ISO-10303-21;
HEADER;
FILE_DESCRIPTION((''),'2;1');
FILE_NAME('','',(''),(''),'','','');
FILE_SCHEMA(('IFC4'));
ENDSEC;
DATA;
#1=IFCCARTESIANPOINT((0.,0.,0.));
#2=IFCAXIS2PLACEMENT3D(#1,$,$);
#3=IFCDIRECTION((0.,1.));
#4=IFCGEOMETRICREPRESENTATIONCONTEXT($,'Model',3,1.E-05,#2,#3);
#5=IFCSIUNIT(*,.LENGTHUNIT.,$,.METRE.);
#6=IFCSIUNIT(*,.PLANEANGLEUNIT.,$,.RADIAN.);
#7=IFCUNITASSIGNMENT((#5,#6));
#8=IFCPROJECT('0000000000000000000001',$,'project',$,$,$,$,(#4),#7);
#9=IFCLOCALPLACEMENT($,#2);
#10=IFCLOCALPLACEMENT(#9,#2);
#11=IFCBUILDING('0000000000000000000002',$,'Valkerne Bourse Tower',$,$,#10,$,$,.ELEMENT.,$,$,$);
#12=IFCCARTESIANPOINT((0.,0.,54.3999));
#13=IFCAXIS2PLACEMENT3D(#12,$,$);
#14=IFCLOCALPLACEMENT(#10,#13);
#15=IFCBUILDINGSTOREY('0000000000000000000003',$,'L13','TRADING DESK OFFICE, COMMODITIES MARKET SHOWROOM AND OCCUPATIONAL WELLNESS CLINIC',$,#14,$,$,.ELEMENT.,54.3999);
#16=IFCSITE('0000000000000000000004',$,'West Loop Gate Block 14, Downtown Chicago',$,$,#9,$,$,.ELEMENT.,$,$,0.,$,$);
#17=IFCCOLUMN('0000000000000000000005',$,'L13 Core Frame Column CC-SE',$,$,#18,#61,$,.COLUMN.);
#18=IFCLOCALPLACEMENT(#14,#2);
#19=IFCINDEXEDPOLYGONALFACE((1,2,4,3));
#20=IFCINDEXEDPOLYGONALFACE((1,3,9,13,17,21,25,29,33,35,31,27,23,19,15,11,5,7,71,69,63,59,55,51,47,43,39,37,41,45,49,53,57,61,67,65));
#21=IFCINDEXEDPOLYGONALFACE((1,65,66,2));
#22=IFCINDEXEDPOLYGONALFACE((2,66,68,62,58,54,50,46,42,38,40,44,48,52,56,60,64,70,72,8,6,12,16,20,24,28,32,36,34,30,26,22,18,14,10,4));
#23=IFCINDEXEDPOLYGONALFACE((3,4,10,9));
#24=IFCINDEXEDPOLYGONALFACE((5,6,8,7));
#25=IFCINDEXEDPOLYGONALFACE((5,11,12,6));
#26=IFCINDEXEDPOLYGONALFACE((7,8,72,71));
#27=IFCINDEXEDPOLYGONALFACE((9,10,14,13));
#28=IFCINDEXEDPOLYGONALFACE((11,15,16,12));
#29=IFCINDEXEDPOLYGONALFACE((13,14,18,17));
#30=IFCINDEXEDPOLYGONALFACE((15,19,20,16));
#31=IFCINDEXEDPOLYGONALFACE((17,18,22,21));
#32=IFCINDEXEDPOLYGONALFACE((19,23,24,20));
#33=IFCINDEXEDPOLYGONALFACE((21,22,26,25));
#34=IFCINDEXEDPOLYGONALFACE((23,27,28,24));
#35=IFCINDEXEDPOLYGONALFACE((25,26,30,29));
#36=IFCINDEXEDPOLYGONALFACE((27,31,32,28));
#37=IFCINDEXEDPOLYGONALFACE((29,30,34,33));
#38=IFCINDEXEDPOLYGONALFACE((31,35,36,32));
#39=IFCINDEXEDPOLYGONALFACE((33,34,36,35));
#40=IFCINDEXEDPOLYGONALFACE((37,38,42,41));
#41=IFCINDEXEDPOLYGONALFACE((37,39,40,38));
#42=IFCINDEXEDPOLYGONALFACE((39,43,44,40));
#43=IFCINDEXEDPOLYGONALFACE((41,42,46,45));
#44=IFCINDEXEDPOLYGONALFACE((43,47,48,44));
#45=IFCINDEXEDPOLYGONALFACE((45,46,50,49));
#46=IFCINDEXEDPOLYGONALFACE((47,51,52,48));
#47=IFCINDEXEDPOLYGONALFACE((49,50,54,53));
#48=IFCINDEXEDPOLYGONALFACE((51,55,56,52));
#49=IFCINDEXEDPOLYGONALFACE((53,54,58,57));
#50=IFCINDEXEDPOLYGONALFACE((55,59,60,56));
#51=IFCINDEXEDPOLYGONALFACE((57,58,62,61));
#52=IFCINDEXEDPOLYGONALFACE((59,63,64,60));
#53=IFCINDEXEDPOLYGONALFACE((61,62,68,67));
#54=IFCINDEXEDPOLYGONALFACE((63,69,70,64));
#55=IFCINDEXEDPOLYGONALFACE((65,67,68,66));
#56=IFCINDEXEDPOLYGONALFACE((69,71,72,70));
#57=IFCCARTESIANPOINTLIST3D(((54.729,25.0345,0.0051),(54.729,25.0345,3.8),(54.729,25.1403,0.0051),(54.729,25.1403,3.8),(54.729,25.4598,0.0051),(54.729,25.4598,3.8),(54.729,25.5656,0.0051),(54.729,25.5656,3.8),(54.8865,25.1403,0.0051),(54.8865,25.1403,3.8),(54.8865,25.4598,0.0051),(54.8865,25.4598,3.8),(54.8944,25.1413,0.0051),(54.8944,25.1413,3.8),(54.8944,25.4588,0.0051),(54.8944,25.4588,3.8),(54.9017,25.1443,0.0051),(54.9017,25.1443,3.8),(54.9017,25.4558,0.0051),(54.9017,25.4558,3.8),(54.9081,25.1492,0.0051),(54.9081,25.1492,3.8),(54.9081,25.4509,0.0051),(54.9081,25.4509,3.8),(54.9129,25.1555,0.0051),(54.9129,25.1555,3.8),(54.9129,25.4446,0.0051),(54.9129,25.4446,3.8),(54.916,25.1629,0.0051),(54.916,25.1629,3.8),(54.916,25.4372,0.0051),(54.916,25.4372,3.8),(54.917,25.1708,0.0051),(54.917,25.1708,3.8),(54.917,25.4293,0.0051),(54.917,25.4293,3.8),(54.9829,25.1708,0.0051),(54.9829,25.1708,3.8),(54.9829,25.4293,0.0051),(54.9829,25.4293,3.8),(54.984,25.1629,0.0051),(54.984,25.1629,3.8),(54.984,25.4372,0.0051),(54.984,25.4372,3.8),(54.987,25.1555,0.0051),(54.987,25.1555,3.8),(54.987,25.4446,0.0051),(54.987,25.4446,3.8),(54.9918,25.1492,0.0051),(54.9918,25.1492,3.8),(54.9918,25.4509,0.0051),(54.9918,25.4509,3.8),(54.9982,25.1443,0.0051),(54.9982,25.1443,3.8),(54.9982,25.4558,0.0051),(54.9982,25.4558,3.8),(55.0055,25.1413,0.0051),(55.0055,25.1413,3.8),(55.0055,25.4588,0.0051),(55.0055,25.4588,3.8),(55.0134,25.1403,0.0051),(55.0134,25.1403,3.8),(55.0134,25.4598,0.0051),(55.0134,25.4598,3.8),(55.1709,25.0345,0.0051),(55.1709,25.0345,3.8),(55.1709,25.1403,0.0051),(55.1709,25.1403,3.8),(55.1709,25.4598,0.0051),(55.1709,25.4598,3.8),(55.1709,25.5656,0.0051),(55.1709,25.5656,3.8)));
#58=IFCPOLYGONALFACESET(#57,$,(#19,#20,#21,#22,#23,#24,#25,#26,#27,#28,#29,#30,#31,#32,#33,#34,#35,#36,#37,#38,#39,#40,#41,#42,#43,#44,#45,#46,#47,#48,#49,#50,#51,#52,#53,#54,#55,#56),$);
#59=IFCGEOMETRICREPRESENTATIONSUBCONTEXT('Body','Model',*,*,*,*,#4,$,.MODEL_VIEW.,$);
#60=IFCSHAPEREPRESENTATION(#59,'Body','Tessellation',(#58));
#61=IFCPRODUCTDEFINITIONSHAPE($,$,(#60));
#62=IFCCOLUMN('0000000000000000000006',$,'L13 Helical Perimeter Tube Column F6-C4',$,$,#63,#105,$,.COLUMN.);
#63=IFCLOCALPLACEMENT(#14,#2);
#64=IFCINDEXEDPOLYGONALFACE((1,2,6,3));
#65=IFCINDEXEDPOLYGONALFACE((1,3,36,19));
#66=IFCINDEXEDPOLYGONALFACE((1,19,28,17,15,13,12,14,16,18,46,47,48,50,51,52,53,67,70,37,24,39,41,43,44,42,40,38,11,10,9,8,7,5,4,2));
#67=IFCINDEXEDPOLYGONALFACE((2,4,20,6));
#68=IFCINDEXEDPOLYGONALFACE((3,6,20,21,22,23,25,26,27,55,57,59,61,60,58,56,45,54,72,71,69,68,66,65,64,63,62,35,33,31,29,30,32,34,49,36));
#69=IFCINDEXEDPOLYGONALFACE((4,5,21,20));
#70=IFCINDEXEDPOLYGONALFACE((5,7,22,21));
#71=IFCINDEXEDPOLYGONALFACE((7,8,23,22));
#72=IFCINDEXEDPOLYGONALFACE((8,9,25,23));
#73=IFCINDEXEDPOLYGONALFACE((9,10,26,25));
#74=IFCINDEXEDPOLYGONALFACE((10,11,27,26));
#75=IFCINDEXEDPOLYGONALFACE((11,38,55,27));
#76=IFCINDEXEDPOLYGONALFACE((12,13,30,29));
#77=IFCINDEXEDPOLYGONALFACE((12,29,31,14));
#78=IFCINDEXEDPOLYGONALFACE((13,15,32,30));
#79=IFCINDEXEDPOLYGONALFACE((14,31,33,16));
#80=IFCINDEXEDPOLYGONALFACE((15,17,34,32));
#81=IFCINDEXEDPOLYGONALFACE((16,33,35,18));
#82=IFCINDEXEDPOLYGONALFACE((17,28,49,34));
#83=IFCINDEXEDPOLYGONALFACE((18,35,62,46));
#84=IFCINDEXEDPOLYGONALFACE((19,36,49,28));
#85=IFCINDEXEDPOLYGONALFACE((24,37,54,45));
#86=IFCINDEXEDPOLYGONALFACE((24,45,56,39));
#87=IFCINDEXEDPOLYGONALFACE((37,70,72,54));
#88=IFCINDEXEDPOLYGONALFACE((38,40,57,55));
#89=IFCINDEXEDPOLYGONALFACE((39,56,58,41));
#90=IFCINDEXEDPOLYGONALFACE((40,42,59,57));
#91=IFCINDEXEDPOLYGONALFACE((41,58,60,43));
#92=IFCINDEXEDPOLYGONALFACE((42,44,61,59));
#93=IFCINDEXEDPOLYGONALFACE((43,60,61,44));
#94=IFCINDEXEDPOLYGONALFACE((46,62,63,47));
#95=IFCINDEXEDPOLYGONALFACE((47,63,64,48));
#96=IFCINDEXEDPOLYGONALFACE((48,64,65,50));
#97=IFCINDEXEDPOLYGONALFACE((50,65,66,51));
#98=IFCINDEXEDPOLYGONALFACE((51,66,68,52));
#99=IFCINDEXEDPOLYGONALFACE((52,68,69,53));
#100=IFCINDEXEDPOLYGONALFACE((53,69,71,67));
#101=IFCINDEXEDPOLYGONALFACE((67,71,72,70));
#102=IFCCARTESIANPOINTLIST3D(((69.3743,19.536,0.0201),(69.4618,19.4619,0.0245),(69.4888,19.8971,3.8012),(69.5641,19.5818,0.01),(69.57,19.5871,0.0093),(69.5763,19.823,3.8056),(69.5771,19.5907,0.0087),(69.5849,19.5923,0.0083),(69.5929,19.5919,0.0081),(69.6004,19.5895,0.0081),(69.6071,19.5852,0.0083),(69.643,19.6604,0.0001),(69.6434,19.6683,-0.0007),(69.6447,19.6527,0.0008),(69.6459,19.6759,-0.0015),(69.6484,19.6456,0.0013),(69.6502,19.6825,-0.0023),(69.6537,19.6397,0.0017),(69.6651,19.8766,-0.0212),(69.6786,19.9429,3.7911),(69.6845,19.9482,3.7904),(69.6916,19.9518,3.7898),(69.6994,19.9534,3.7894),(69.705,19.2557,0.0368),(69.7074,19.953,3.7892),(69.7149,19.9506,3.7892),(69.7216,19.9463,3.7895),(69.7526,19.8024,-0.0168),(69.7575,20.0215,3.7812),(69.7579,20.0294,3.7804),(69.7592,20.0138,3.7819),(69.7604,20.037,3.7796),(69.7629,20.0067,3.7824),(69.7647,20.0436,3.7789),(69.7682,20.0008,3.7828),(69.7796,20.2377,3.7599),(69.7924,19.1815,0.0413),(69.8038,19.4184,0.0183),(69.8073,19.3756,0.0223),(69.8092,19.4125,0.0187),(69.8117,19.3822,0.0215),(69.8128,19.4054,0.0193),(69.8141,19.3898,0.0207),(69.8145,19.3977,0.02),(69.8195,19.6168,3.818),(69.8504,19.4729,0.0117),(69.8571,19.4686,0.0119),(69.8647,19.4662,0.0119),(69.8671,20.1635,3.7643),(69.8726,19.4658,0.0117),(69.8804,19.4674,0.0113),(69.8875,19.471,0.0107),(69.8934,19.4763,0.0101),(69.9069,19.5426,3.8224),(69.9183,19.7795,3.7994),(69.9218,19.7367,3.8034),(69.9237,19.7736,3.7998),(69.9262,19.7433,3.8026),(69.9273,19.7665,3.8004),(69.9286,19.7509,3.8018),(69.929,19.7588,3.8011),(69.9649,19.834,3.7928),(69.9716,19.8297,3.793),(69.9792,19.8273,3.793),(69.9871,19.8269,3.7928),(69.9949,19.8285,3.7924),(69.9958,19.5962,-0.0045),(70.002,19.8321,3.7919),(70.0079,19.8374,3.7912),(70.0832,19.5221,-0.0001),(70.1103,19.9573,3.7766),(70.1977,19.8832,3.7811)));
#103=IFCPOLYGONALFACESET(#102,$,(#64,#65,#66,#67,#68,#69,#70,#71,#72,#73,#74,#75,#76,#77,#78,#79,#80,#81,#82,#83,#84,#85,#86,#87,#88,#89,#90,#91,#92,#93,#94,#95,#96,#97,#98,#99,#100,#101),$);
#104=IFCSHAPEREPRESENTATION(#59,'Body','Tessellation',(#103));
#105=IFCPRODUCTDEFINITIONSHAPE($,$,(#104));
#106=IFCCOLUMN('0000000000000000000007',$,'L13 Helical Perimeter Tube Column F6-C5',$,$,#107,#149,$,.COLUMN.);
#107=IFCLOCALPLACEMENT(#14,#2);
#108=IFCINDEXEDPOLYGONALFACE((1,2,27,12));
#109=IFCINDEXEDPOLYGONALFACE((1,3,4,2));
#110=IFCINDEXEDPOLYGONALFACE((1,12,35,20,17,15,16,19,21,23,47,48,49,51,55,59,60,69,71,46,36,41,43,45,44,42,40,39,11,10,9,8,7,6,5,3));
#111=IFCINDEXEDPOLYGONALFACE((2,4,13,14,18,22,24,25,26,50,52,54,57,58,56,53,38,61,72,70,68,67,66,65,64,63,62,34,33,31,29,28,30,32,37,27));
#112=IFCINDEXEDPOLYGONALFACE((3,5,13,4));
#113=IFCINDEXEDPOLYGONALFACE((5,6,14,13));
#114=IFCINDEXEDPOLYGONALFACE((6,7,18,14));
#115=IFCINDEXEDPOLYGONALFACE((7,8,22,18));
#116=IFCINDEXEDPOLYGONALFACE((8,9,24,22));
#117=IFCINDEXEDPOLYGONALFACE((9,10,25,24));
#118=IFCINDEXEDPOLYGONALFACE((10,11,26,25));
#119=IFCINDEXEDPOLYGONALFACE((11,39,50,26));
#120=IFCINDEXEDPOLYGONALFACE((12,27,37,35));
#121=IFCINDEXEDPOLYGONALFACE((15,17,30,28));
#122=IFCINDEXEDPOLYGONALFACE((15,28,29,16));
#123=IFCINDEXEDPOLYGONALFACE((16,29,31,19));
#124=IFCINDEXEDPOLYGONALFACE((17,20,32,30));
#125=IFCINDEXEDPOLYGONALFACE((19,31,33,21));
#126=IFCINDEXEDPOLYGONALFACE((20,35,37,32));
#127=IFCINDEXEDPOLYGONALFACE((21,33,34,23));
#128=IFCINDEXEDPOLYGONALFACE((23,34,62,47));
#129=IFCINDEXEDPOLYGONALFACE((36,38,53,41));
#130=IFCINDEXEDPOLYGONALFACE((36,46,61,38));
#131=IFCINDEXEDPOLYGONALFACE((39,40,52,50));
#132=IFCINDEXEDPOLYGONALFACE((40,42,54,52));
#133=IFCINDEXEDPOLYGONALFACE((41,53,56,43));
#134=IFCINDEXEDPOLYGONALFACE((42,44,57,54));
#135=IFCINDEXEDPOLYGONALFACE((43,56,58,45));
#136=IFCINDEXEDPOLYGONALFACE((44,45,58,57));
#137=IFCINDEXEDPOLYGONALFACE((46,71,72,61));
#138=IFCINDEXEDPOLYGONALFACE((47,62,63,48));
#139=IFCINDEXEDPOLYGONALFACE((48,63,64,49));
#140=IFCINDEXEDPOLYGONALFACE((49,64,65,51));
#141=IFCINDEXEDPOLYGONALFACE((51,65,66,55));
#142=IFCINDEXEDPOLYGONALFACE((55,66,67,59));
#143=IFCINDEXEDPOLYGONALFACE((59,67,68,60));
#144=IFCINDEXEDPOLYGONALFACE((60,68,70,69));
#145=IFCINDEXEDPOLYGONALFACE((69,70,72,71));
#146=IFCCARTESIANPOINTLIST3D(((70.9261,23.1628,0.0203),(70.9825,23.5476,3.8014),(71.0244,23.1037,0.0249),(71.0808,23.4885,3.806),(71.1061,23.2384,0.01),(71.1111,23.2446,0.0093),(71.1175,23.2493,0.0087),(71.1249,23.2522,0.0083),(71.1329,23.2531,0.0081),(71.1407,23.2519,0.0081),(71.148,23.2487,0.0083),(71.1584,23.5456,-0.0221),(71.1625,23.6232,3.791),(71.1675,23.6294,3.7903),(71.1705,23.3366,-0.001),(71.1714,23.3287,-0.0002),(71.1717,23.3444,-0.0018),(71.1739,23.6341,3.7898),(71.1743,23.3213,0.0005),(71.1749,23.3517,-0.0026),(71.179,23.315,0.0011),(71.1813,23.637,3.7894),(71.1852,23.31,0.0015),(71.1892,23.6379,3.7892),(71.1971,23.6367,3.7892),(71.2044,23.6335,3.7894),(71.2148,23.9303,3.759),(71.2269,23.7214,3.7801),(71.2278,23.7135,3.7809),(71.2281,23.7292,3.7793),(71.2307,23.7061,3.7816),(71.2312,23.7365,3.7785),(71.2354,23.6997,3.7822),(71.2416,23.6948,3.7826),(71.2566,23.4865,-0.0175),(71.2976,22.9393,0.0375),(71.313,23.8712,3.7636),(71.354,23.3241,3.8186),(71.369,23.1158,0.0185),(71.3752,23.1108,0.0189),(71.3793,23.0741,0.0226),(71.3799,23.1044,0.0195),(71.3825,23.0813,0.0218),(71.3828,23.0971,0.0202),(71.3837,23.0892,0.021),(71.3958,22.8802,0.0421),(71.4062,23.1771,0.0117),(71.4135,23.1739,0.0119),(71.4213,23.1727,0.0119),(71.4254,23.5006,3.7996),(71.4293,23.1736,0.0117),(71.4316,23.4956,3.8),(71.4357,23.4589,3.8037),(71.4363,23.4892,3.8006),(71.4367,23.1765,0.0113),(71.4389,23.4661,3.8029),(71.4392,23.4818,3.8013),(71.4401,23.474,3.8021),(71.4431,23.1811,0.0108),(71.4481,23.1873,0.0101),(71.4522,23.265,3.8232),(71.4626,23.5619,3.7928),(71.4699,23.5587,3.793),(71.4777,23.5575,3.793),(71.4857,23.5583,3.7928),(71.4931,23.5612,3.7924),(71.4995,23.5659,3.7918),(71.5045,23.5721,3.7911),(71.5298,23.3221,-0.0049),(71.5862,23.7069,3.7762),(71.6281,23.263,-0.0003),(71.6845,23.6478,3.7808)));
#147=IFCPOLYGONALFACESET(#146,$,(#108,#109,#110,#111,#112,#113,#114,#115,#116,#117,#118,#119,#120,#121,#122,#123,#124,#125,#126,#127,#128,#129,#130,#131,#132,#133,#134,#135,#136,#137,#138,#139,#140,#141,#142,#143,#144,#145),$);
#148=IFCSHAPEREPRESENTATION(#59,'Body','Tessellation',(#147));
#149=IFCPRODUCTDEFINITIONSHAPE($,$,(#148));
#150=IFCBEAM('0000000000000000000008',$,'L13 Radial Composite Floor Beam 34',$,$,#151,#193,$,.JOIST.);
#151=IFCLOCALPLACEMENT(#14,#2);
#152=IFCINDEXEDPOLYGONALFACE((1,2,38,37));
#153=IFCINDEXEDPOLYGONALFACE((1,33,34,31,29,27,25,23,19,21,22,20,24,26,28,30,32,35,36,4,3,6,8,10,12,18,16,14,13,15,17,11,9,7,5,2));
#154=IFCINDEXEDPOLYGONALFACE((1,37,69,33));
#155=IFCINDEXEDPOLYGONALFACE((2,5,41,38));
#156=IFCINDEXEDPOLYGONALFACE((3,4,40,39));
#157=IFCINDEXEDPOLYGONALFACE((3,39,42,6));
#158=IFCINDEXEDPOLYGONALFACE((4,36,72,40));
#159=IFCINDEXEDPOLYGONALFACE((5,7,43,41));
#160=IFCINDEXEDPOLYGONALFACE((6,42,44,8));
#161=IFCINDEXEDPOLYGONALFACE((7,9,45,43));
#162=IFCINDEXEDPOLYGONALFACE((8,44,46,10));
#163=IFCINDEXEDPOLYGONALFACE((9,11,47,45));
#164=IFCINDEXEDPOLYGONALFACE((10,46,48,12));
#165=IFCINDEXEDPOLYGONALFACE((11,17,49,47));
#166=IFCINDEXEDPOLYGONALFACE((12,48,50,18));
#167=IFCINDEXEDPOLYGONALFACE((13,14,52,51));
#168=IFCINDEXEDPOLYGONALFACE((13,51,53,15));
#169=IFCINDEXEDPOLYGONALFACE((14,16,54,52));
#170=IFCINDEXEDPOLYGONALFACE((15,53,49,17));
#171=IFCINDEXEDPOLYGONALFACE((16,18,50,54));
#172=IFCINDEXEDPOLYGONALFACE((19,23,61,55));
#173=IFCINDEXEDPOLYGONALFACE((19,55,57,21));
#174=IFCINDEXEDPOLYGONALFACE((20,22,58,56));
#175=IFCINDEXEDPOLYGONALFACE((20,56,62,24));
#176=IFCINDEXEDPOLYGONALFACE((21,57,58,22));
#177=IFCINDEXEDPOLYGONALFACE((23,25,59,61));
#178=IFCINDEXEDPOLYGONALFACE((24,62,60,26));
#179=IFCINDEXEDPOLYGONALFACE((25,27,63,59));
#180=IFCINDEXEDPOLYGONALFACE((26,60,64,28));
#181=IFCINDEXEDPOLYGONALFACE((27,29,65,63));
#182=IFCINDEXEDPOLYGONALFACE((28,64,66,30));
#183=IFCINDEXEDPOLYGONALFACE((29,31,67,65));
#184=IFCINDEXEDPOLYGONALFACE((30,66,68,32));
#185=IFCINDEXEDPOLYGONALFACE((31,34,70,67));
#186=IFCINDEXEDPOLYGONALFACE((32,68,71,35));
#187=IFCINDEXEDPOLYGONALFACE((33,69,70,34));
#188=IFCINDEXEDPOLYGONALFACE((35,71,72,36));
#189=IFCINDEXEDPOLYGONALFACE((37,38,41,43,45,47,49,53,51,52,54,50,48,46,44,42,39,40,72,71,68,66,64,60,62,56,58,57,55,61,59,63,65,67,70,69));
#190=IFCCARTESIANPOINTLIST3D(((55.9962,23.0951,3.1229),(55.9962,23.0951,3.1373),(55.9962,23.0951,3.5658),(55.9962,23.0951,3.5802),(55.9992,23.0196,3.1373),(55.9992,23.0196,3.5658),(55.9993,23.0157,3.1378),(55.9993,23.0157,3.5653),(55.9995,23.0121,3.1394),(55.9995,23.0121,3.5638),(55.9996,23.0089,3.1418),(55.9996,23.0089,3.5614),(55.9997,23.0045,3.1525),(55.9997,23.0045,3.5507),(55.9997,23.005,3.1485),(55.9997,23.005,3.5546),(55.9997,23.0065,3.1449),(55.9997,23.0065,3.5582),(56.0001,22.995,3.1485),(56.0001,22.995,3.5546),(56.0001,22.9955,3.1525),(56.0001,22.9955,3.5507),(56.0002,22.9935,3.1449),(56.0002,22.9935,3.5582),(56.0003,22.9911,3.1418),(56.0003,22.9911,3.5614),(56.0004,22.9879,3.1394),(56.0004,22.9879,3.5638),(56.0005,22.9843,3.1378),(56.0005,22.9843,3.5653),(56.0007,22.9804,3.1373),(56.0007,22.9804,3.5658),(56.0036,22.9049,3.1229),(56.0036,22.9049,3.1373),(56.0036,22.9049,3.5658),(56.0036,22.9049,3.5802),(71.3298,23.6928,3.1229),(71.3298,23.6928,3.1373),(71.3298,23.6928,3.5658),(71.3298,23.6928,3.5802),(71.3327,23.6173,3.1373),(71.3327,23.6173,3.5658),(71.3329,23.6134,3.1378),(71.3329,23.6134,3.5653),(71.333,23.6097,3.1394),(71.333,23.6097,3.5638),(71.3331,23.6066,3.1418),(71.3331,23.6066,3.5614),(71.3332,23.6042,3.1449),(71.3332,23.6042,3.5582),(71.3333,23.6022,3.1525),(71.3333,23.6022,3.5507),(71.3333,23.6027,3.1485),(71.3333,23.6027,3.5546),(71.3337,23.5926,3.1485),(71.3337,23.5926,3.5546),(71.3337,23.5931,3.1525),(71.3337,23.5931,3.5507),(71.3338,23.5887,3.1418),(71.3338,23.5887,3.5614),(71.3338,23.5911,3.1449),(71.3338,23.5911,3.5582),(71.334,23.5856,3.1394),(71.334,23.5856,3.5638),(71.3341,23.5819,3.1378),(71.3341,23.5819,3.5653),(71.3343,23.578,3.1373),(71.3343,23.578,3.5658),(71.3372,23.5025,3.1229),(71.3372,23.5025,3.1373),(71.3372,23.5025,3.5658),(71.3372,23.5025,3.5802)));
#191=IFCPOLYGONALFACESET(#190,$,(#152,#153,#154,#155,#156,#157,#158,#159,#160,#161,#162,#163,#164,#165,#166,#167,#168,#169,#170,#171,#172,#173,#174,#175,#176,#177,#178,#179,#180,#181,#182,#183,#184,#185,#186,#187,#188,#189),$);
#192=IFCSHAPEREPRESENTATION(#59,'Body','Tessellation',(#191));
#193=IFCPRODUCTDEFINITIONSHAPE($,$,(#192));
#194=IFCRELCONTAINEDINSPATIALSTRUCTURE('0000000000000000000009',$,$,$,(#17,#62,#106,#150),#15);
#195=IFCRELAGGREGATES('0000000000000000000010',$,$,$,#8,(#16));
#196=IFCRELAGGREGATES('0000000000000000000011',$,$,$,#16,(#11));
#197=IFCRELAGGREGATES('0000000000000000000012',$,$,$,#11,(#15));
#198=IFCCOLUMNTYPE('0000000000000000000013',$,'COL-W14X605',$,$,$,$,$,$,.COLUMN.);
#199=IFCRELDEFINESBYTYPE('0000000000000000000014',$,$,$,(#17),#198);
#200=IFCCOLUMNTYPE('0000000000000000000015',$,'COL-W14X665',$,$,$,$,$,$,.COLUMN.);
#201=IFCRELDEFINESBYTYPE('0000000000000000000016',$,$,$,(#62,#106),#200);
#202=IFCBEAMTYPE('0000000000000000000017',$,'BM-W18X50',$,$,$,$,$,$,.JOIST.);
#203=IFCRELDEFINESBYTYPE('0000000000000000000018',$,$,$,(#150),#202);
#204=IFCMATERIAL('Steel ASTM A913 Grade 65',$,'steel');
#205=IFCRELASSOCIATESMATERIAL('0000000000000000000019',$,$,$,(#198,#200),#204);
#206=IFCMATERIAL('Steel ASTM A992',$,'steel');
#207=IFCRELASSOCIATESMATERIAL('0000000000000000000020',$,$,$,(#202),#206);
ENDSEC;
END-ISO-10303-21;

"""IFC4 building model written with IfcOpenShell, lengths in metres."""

from ifc_helpers import new_model, si_unit, direction, frame, origin, origin_2d, place, context, subcontext, project, spatial, i_section, extrude, material, material_profile, profile_set, type_object, element, save


model = new_model("IFC4")

# Units and contexts
model_context = context("Model", 3, precision=1e-05, world=origin(), true_north=direction((0.0, 1.0)))
body_context = subcontext(model_context, "Body", "Model", "MODEL_VIEW")
ifc_project = project(units=[si_unit("LENGTHUNIT", "METRE"), si_unit("PLANEANGLEUNIT", "RADIAN")], contexts=[model_context])

# Site, building, storey
site_placement = place(None, origin())
site = spatial("IfcSite", under=ifc_project, at=site_placement, Name="West Loop Gate Block 14, Downtown Chicago", CompositionType="ELEMENT", RefElevation=0.0)
building_placement = place(site_placement, origin())
building = spatial("IfcBuilding", under=site, at=building_placement, Name="Valkerne Bourse Tower", CompositionType="ELEMENT")
storey_placement = place(building_placement, frame((0.0, 0.0, 54.3999)))
storey = spatial("IfcBuildingStorey", under=building, at=storey_placement, Name="L13", Description="TRADING DESK OFFICE, COMMODITIES MARKET SHOWROOM AND OCCUPATIONAL WELLNESS CLINIC", CompositionType="ELEMENT", Elevation=54.3999)

# Columns
ifc_material_1 = material(Name="Steel ASTM A913 Grade 65", Category="steel")
ifc_material_profile_1 = material_profile(ifc_material_1, i_section(OverallWidth=0.4419, OverallDepth=0.531, WebThickness=0.0659, FlangeThickness=0.1057, FilletRadius=0.0305, at=origin_2d()), Name="W14X605")
ifc_profile_set_1 = profile_set([ifc_material_profile_1], Name="Steel ASTM A913 Grade 65")
column_type_1 = type_object("IfcColumnType", Name="COL-W14X605", PredefinedType="COLUMN", material=ifc_profile_set_1)
column_1_placement = place(storey_placement, frame((54.95, 25.3, 0.0051), z_axis=(0.0, 0.0, 1.0), x_axis=(1.0, 0.0, 0.0)))
element("IfcColumn", 1, at=column_1_placement, inside=storey, type_object=column_type_1, Name="L13 Core Frame Column CC-SE", PredefinedType="COLUMN", context=body_context, shape_type="SweptSolid", body=[
    extrude(i_section(OverallWidth=0.4419, OverallDepth=0.531, WebThickness=0.0659, FlangeThickness=0.1057, FilletRadius=0.0305, at=origin_2d()), origin(), (0.0, 0.0, 1.0), 3.7949),
])
ifc_material_profile_2 = material_profile(ifc_material_1, i_section(OverallWidth=0.4497, OverallDepth=0.5486, WebThickness=0.072, FlangeThickness=0.1147, FilletRadius=0.0305, at=origin_2d()), Name="W14X665")
ifc_profile_set_2 = profile_set([ifc_material_profile_2], Name="Steel ASTM A913 Grade 65")
column_type_2 = type_object("IfcColumnType", Name="COL-W14X665", PredefinedType="COLUMN", material=ifc_profile_set_2)
column_2_placement = place(storey_placement, frame((69.7288, 19.5291, 0.01), z_axis=(0.030133, 0.095024, 0.995019), x_axis=(-0.646654, -0.757227, 0.091898)))
element("IfcColumn", 2, at=column_2_placement, inside=storey, type_object=column_type_2, Name="L13 Helical Perimeter Tube Column F6-C4", PredefinedType="COLUMN", context=body_context, shape_type="SweptSolid", body=[
    extrude(i_section(OverallWidth=0.4497, OverallDepth=0.5486, WebThickness=0.072, FlangeThickness=0.1147, FilletRadius=0.0305, at=origin_2d()), origin(), (0.0, 0.0, 1.0), 3.8),
])
column_3_placement = place(storey_placement, frame((71.2771, 23.2129, 0.01), z_axis=(0.014837, 0.101229, 0.994753), x_axis=(-0.51641, -0.851132, 0.094316)))
element("IfcColumn", 3, at=column_3_placement, inside=storey, type_object=column_type_2, Name="L13 Helical Perimeter Tube Column F6-C5", PredefinedType="COLUMN", context=body_context, shape_type="SweptSolid", body=[
    extrude(i_section(OverallWidth=0.4497, OverallDepth=0.5486, WebThickness=0.072, FlangeThickness=0.1147, FilletRadius=0.0305, at=origin_2d()), origin(), (0.0, 0.0, 1.0), 3.801),
])

# Beam
ifc_material_2 = material(Name="Steel ASTM A992", Category="steel")
ifc_material_profile_3 = material_profile(ifc_material_2, i_section(OverallWidth=0.1904, OverallDepth=0.4573, WebThickness=0.009, FlangeThickness=0.0144, FilletRadius=0.0151, at=origin_2d()), Name="W18X50")
ifc_profile_set_3 = profile_set([ifc_material_profile_3], Name="Steel ASTM A992")
beam_type_1 = type_object("IfcBeamType", Name="BM-W18X50", PredefinedType="JOIST", material=ifc_profile_set_3)
beam_1_placement = place(storey_placement, frame((71.3335, 23.5977, 3.3516), z_axis=(-0.999241, -0.038948, 0.0), x_axis=(0.038948, -0.999241, 0.0)))
element("IfcBeam", 4, at=beam_1_placement, inside=storey, type_object=beam_type_1, Name="L13 Radial Composite Floor Beam 34", PredefinedType="JOIST", context=body_context, shape_type="SweptSolid", body=[
    extrude(i_section(OverallWidth=0.1904, OverallDepth=0.4573, WebThickness=0.009, FlangeThickness=0.0144, FilletRadius=0.0151, at=origin_2d()), origin(), (0.0, 0.0, 1.0), 15.3452),
])

save(model, "model.ifc")
